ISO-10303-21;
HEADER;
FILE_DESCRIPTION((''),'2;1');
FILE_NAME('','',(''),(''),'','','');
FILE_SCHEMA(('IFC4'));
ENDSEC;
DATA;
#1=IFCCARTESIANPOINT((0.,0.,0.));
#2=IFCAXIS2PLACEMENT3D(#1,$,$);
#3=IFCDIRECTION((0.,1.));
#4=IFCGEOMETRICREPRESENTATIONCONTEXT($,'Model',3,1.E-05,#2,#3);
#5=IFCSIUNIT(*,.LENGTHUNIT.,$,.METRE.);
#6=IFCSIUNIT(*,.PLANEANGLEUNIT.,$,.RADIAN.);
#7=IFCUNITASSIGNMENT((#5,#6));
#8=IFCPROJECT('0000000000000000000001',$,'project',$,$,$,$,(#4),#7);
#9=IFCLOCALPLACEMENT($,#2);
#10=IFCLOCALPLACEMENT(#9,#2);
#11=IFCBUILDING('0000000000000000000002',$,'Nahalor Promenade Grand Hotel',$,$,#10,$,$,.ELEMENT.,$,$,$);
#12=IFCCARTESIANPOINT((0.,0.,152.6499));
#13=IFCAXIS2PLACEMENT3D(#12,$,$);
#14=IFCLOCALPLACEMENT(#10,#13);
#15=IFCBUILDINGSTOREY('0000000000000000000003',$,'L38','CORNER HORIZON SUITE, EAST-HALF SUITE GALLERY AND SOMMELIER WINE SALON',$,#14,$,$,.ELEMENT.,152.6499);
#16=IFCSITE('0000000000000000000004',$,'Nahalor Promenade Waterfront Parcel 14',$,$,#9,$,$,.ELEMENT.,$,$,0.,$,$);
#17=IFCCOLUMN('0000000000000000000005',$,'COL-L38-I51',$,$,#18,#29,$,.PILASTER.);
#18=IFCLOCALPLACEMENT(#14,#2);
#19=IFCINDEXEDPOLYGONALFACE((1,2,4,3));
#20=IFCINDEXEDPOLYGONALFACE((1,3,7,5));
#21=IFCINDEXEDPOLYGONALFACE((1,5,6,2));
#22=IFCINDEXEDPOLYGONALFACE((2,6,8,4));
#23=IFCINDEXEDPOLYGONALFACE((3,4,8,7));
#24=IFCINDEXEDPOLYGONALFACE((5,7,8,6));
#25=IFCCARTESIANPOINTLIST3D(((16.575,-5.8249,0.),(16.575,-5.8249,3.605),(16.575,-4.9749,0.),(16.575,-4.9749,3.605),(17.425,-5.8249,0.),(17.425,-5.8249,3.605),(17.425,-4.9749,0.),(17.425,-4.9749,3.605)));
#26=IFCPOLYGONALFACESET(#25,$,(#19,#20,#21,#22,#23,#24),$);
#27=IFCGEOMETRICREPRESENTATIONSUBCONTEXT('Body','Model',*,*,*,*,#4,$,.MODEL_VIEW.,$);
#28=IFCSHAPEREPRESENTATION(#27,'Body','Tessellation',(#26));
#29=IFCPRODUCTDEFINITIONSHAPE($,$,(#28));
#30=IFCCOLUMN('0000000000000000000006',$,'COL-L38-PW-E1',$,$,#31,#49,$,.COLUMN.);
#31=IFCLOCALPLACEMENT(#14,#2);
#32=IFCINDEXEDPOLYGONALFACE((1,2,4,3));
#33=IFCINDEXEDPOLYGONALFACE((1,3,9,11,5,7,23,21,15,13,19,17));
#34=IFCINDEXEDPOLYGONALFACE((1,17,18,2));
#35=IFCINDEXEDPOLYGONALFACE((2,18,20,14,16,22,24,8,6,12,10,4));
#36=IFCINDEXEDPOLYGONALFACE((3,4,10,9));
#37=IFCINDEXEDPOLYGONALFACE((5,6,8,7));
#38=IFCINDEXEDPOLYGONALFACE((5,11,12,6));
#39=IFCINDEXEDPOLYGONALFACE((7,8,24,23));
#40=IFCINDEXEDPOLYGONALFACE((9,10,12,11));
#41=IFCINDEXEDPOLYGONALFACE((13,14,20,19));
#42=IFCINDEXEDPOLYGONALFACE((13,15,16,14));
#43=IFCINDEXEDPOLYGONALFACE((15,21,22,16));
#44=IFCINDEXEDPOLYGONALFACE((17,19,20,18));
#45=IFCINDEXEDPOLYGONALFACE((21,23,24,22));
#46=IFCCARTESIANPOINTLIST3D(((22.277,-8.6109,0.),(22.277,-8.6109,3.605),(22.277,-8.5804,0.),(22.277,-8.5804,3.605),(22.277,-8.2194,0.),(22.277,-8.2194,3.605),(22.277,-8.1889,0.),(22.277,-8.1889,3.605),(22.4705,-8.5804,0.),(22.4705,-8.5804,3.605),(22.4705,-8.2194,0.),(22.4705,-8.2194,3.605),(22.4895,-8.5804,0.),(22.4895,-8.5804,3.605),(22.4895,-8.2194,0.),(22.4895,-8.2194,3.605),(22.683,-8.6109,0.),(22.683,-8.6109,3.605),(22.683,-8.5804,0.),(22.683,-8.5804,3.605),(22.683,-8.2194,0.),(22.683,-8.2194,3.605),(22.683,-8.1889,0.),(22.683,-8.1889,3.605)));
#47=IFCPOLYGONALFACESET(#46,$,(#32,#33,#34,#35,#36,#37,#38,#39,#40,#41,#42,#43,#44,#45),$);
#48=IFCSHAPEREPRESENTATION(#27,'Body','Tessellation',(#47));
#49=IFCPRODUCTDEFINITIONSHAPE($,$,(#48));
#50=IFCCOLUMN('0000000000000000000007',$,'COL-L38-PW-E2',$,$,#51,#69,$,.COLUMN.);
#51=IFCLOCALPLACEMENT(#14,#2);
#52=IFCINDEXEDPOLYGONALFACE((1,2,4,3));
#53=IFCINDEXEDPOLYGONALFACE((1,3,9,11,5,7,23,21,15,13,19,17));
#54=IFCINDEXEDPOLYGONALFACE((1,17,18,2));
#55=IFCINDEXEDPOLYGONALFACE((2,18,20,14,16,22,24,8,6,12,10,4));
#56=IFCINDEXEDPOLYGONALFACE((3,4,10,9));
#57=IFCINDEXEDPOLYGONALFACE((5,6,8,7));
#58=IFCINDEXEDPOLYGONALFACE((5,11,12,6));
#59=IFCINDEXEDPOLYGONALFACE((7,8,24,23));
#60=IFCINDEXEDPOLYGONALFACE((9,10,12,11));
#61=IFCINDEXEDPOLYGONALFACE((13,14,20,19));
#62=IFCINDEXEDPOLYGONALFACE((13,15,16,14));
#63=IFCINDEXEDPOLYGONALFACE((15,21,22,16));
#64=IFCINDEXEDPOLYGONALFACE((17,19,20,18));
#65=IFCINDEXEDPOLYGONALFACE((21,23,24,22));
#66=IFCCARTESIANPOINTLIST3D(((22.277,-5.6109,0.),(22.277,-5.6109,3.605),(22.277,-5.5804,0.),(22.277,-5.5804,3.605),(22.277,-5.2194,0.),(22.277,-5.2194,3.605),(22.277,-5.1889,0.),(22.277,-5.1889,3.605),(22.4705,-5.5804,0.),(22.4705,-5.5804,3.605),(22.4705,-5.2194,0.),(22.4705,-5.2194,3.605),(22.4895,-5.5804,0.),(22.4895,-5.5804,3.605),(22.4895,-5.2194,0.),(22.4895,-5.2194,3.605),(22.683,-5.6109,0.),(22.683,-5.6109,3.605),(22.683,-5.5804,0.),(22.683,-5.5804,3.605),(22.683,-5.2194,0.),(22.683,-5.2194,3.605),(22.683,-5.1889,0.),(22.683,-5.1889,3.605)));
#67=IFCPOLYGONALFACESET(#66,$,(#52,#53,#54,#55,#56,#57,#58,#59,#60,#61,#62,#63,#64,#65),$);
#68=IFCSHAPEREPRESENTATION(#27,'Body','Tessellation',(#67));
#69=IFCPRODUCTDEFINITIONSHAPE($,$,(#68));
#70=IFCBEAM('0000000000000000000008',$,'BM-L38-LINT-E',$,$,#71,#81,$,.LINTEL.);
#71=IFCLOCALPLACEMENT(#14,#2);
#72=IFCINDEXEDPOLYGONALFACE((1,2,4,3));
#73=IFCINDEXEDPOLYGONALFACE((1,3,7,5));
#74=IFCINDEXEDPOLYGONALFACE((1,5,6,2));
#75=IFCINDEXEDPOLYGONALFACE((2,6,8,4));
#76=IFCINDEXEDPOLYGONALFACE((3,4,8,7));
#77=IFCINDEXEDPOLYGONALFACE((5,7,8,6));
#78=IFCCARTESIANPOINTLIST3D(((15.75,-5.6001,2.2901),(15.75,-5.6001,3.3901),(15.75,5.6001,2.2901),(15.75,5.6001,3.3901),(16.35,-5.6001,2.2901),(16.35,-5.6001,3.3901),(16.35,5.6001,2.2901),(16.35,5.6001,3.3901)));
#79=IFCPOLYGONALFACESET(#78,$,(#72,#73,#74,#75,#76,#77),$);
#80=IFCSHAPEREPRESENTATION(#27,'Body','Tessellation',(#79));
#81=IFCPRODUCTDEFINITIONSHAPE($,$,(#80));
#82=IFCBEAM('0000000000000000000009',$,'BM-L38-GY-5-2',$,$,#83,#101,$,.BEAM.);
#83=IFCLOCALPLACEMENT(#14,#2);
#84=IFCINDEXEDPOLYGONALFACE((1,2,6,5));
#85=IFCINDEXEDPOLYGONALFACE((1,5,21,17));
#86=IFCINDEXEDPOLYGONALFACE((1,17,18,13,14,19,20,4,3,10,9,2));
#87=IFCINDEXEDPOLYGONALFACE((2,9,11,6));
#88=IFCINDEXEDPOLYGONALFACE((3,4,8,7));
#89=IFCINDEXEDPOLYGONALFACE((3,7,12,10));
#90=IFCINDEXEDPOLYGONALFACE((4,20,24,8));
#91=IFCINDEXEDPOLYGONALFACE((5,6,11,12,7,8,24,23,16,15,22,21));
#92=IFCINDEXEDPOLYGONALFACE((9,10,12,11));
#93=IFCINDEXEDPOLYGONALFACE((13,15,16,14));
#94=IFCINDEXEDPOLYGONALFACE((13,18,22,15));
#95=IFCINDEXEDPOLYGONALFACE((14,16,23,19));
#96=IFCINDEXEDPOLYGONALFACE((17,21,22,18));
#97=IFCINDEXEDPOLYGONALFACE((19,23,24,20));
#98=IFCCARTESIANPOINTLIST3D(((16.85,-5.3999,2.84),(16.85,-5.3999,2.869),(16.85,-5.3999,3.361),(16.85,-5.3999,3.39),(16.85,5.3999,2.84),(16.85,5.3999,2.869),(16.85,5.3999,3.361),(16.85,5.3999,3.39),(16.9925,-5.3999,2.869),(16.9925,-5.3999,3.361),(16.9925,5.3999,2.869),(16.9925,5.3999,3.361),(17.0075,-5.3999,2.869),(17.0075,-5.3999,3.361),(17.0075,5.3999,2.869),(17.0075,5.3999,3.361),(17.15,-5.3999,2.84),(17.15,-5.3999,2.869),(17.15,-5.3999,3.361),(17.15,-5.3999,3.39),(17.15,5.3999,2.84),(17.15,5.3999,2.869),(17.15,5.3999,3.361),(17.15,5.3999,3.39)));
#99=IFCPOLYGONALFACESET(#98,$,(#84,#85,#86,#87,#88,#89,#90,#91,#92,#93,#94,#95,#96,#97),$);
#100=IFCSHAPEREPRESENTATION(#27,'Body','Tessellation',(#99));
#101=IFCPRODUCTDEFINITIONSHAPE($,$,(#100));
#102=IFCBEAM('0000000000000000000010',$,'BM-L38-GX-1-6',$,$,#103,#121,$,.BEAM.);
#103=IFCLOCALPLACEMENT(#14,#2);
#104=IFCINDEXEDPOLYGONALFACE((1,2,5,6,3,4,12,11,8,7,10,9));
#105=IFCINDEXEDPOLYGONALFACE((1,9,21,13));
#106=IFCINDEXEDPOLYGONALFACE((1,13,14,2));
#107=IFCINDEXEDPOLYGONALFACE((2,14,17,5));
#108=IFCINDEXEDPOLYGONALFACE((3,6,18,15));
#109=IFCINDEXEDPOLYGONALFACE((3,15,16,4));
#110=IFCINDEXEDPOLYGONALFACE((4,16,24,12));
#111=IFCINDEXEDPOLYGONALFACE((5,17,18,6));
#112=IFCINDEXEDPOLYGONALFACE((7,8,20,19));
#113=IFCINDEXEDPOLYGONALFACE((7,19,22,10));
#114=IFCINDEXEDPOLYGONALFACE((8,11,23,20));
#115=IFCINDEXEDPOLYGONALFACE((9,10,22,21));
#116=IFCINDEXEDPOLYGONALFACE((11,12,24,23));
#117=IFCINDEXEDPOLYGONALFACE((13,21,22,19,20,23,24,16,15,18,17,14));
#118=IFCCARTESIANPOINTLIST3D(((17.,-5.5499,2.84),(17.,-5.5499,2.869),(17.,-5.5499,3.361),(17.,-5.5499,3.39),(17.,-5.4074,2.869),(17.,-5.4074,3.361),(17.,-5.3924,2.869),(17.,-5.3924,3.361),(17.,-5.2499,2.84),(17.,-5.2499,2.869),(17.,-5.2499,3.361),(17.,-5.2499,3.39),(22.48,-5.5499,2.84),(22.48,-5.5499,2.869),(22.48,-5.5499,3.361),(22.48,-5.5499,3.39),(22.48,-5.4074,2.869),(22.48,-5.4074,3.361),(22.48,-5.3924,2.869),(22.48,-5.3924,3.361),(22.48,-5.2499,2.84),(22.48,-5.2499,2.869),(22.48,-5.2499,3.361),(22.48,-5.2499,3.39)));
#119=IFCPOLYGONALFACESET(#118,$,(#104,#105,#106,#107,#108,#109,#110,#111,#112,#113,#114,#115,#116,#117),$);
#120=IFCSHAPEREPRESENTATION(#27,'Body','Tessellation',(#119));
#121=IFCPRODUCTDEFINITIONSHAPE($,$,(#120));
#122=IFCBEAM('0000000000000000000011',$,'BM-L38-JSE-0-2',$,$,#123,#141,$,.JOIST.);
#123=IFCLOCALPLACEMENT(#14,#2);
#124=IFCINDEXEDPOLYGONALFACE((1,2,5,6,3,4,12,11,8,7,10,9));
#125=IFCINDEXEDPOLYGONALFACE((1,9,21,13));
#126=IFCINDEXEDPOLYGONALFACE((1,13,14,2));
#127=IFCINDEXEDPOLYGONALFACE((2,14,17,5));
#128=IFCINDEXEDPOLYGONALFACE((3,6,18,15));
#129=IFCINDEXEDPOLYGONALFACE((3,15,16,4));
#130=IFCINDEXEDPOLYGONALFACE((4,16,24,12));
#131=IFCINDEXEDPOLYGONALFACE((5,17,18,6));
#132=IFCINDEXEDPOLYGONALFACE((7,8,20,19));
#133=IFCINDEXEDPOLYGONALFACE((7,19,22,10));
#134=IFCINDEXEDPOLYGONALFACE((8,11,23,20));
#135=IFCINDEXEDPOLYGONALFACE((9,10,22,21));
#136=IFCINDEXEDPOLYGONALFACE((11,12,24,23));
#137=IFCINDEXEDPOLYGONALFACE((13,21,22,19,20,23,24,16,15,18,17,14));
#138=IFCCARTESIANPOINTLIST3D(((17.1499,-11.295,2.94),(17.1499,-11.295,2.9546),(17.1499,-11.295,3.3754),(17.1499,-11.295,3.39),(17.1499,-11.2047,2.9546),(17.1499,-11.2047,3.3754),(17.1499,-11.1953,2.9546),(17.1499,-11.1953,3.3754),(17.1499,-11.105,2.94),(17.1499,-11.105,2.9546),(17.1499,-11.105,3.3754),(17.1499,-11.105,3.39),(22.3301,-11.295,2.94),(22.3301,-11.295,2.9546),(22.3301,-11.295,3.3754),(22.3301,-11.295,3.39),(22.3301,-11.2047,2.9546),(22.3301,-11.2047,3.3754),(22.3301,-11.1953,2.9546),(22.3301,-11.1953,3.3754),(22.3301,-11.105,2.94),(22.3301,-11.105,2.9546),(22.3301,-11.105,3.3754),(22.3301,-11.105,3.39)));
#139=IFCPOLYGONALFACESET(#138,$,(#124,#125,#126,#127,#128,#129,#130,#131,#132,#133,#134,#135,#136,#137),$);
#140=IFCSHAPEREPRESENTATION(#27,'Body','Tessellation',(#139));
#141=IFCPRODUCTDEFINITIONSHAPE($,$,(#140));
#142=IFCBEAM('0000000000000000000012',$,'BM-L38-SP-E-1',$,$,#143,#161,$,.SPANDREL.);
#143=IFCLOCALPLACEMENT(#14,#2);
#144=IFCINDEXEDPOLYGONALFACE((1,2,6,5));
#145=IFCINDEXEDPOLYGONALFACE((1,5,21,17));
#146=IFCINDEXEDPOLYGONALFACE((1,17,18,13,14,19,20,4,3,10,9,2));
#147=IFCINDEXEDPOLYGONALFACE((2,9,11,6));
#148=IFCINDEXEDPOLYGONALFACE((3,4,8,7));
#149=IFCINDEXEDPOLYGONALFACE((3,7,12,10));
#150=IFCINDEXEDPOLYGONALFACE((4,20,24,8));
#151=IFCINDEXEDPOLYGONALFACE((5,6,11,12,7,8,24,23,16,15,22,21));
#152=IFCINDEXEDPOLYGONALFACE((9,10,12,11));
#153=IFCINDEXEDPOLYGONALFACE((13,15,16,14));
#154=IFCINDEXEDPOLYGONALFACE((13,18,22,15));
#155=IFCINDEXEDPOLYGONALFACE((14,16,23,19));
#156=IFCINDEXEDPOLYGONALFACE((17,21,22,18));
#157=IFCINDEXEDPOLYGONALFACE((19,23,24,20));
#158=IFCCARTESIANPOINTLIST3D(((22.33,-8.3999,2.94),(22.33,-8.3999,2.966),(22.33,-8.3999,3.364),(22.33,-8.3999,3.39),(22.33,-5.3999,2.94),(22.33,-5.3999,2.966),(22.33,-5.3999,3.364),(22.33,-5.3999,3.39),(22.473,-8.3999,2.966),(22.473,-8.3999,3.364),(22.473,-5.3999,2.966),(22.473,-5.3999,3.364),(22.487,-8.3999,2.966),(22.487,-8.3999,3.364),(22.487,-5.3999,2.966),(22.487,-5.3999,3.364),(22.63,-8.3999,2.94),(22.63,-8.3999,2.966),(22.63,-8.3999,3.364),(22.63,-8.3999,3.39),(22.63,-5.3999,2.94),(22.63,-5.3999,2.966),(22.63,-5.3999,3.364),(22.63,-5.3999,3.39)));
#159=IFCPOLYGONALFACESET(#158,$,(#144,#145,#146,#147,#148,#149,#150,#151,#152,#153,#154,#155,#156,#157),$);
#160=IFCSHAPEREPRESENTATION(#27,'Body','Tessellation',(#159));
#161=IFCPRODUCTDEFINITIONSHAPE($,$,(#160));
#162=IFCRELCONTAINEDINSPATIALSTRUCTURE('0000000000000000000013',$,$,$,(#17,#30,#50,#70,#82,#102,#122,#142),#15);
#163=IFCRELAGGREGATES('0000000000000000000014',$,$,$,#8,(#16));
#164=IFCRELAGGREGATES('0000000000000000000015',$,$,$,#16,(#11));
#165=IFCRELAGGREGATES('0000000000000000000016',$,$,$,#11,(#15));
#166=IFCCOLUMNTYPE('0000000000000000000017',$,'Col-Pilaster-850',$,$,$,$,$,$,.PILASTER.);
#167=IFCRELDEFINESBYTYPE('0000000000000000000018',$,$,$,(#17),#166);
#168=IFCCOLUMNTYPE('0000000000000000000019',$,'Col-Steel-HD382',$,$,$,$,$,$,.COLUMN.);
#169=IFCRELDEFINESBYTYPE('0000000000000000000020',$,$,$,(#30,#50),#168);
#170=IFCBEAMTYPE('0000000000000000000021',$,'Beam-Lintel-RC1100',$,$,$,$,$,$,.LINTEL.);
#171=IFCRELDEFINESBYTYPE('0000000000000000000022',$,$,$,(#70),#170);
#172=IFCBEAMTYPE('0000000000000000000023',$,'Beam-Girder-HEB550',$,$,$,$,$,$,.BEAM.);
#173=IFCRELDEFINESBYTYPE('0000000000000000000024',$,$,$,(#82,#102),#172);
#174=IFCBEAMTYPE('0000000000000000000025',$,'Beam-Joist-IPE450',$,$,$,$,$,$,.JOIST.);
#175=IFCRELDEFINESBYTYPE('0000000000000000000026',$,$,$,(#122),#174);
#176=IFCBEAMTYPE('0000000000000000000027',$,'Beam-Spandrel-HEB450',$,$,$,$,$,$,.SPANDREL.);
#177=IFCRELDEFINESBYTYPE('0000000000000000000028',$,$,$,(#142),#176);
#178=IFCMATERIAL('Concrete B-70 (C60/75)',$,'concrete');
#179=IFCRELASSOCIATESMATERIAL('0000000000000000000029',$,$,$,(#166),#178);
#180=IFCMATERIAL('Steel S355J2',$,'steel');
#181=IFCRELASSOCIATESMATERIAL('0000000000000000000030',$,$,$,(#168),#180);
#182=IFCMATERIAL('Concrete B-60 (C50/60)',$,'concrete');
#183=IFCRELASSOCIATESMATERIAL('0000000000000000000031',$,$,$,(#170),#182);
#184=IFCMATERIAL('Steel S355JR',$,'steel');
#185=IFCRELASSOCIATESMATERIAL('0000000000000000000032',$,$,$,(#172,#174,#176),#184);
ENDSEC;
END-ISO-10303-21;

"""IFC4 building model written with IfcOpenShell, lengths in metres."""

from ifc_helpers import new_model, si_unit, direction, frame, origin, origin_2d, place, context, subcontext, project, spatial, rectangle, i_section, extrude, source, transform, mapped, material, material_profile, profile_set, type_object, element, save


model = new_model("IFC4")

# Units and contexts
model_context = context("Model", 3, precision=1e-05, world=origin(), true_north=direction((0.0, 1.0)))
body_context = subcontext(model_context, "Body", "Model", "MODEL_VIEW")
ifc_project = project(units=[si_unit("LENGTHUNIT", "METRE"), si_unit("PLANEANGLEUNIT", "RADIAN")], contexts=[model_context])

# Site, building, storey
site_placement = place(None, origin())
site = spatial("IfcSite", under=ifc_project, at=site_placement, Name="Nahalor Promenade Waterfront Parcel 14", CompositionType="ELEMENT", RefElevation=0.0)
building_placement = place(site_placement, origin())
building = spatial("IfcBuilding", under=site, at=building_placement, Name="Nahalor Promenade Grand Hotel", CompositionType="ELEMENT")
storey_placement = place(building_placement, frame((0.0, 0.0, 152.6499)))
storey = spatial("IfcBuildingStorey", under=building, at=storey_placement, Name="L38", Description="CORNER HORIZON SUITE, EAST-HALF SUITE GALLERY AND SOMMELIER WINE SALON", CompositionType="ELEMENT", Elevation=152.6499)

# Columns
ifc_material_1 = material(Name="Concrete B-70 (C60/75)", Category="concrete")
ifc_material_profile_1 = material_profile(ifc_material_1, rectangle(XDim=0.85, YDim=0.85, at=origin_2d()), Name="RC 850x850")
ifc_profile_set_1 = profile_set([ifc_material_profile_1], Name="Concrete B-70 (C60/75)")
column_type_1 = type_object("IfcColumnType", Name="Col-Pilaster-850", PredefinedType="PILASTER", material=ifc_profile_set_1)
shared_shape_1 = source(origin(), body_context, "Body", "SweptSolid", [
    extrude(rectangle(XDim=0.85, YDim=0.85, at=origin_2d()), origin(), (0.0, 0.0, 1.0), 3.605),
])
column_placement = place(storey_placement, frame((17.0, -5.3999, 0.0), z_axis=(0.0, 0.0, 1.0), x_axis=(1.0, 0.0, 0.0)))
element("IfcColumn", 1, at=column_placement, inside=storey, type_object=column_type_1, Name="COL-L38-I51", PredefinedType="PILASTER", context=body_context, shape_type="MappedRepresentation", body=[
    mapped(shared_shape_1, transform((0.0, 0.0, 0.0), scale=1.0)),
])
ifc_material_2 = material(Name="Steel S355J2", Category="steel")
ifc_material_profile_2 = material_profile(ifc_material_2, i_section(OverallWidth=0.406, OverallDepth=0.422, WebThickness=0.019, FlangeThickness=0.0305, at=origin_2d()), Name="HD 400x382")
ifc_profile_set_2 = profile_set([ifc_material_profile_2], Name="Steel S355J2")
column_type_2 = type_object("IfcColumnType", Name="Col-Steel-HD382", PredefinedType="COLUMN", material=ifc_profile_set_2)
shared_shape_2 = source(origin(), body_context, "Body", "SweptSolid", [
    extrude(i_section(OverallWidth=0.406, OverallDepth=0.422, WebThickness=0.019, FlangeThickness=0.0305, at=origin_2d()), origin(), (0.0, 0.0, 1.0), 3.605),
])
for number, where, z_axis, x_axis, name in (
    (2, (22.48, -8.3999, 0.0), (0.0, 0.0, 1.0), (1.0, 0.0, 0.0), "COL-L38-PW-E1"),
    (3, (22.48, -5.3999, 0.0), (0.0, 0.0, 1.0), (1.0, 0.0, 0.0), "COL-L38-PW-E2"),
):
    element("IfcColumn", number, at=place(storey_placement, frame(where, z_axis=z_axis, x_axis=x_axis)), inside=storey, type_object=column_type_2, Name=name, PredefinedType="COLUMN", context=body_context, shape_type="MappedRepresentation", body=[
        mapped(shared_shape_2, transform((0.0, 0.0, 0.0), scale=1.0)),
    ])

# Beams
ifc_material_3 = material(Name="Concrete B-60 (C50/60)", Category="concrete")
ifc_material_profile_3 = material_profile(ifc_material_3, rectangle(XDim=0.6, YDim=1.1, at=origin_2d()), Name="RC 600x1100")
ifc_profile_set_3 = profile_set([ifc_material_profile_3], Name="Concrete B-60 (C50/60)")
beam_type_1 = type_object("IfcBeamType", Name="Beam-Lintel-RC1100", PredefinedType="LINTEL", material=ifc_profile_set_3)
shared_shape_3 = source(origin(), body_context, "Body", "SweptSolid", [
    extrude(rectangle(XDim=0.6, YDim=1.1, at=origin_2d()), origin(), (0.0, 0.0, 1.0), 11.2002),
])
beam_1_placement = place(storey_placement, frame((16.05, -5.6001, 2.8401), z_axis=(0.0, 1.0, 0.0), x_axis=(-1.0, 0.0, 0.0)))
element("IfcBeam", 4, at=beam_1_placement, inside=storey, type_object=beam_type_1, Name="BM-L38-LINT-E", PredefinedType="LINTEL", context=body_context, shape_type="MappedRepresentation", body=[
    mapped(shared_shape_3, transform((0.0, 0.0, 0.0), scale=1.0)),
])
ifc_material_4 = material(Name="Steel S355JR", Category="steel")
ifc_material_profile_4 = material_profile(ifc_material_4, i_section(OverallWidth=0.3, OverallDepth=0.55, WebThickness=0.015, FlangeThickness=0.029, at=origin_2d()), Name="HEB 550")
ifc_profile_set_4 = profile_set([ifc_material_profile_4], Name="Steel S355JR")
beam_type_2 = type_object("IfcBeamType", Name="Beam-Girder-HEB550", PredefinedType="BEAM", material=ifc_profile_set_4)
shared_shape_4 = source(origin(), body_context, "Body", "SweptSolid", [
    extrude(i_section(OverallWidth=0.3, OverallDepth=0.55, WebThickness=0.015, FlangeThickness=0.029, at=origin_2d()), origin(), (0.0, 0.0, 1.0), 10.7998),
])
beam_2_placement = place(storey_placement, frame((17.0, -5.3999, 3.115), z_axis=(0.0, 1.0, 0.0), x_axis=(-1.0, 0.0, 0.0)))
element("IfcBeam", 5, at=beam_2_placement, inside=storey, type_object=beam_type_2, Name="BM-L38-GY-5-2", PredefinedType="BEAM", context=body_context, shape_type="MappedRepresentation", body=[
    mapped(shared_shape_4, transform((0.0, 0.0, 0.0), scale=1.0)),
])
shared_shape_5 = source(origin(), body_context, "Body", "SweptSolid", [
    extrude(i_section(OverallWidth=0.3, OverallDepth=0.55, WebThickness=0.015, FlangeThickness=0.029, at=origin_2d()), origin(), (0.0, 0.0, 1.0), 5.48),
])
beam_3_placement = place(storey_placement, frame((17.0, -5.3999, 3.115), z_axis=(1.0, 0.0, 0.0), x_axis=(0.0, 1.0, 0.0)))
element("IfcBeam", 6, at=beam_3_placement, inside=storey, type_object=beam_type_2, Name="BM-L38-GX-1-6", PredefinedType="BEAM", context=body_context, shape_type="MappedRepresentation", body=[
    mapped(shared_shape_5, transform((0.0, 0.0, 0.0), scale=1.0)),
])
ifc_material_profile_5 = material_profile(ifc_material_4, i_section(OverallWidth=0.19, OverallDepth=0.45, WebThickness=0.0094, FlangeThickness=0.0146, at=origin_2d()), Name="IPE 450")
ifc_profile_set_5 = profile_set([ifc_material_profile_5], Name="Steel S355JR")
beam_type_3 = type_object("IfcBeamType", Name="Beam-Joist-IPE450", PredefinedType="JOIST", material=ifc_profile_set_5)
shared_shape_6 = source(origin(), body_context, "Body", "SweptSolid", [
    extrude(i_section(OverallWidth=0.19, OverallDepth=0.45, WebThickness=0.0094, FlangeThickness=0.0146, at=origin_2d()), origin(), (0.0, 0.0, 1.0), 5.1802),
])
beam_4_placement = place(storey_placement, frame((17.1499, -11.2, 3.165), z_axis=(1.0, 0.0, 0.0), x_axis=(0.0, 1.0, 0.0)))
element("IfcBeam", 7, at=beam_4_placement, inside=storey, type_object=beam_type_3, Name="BM-L38-JSE-0-2", PredefinedType="JOIST", context=body_context, shape_type="MappedRepresentation", body=[
    mapped(shared_shape_6, transform((0.0, 0.0, 0.0), scale=1.0)),
])
ifc_material_profile_6 = material_profile(ifc_material_4, i_section(OverallWidth=0.3, OverallDepth=0.45, WebThickness=0.014, FlangeThickness=0.026, at=origin_2d()), Name="HEB 450")
ifc_profile_set_6 = profile_set([ifc_material_profile_6], Name="Steel S355JR")
beam_type_4 = type_object("IfcBeamType", Name="Beam-Spandrel-HEB450", PredefinedType="SPANDREL", material=ifc_profile_set_6)
shared_shape_7 = source(origin(), body_context, "Body", "SweptSolid", [
    extrude(i_section(OverallWidth=0.3, OverallDepth=0.45, WebThickness=0.014, FlangeThickness=0.026, at=origin_2d()), origin(), (0.0, 0.0, 1.0), 3.0),
])
beam_5_placement = place(storey_placement, frame((22.48, -8.3999, 3.165), z_axis=(0.0, 1.0, 0.0), x_axis=(-1.0, 0.0, 0.0)))
element("IfcBeam", 8, at=beam_5_placement, inside=storey, type_object=beam_type_4, Name="BM-L38-SP-E-1", PredefinedType="SPANDREL", context=body_context, shape_type="MappedRepresentation", body=[
    mapped(shared_shape_7, transform((0.0, 0.0, 0.0), scale=1.0)),
])

save(model, "model.ifc")
